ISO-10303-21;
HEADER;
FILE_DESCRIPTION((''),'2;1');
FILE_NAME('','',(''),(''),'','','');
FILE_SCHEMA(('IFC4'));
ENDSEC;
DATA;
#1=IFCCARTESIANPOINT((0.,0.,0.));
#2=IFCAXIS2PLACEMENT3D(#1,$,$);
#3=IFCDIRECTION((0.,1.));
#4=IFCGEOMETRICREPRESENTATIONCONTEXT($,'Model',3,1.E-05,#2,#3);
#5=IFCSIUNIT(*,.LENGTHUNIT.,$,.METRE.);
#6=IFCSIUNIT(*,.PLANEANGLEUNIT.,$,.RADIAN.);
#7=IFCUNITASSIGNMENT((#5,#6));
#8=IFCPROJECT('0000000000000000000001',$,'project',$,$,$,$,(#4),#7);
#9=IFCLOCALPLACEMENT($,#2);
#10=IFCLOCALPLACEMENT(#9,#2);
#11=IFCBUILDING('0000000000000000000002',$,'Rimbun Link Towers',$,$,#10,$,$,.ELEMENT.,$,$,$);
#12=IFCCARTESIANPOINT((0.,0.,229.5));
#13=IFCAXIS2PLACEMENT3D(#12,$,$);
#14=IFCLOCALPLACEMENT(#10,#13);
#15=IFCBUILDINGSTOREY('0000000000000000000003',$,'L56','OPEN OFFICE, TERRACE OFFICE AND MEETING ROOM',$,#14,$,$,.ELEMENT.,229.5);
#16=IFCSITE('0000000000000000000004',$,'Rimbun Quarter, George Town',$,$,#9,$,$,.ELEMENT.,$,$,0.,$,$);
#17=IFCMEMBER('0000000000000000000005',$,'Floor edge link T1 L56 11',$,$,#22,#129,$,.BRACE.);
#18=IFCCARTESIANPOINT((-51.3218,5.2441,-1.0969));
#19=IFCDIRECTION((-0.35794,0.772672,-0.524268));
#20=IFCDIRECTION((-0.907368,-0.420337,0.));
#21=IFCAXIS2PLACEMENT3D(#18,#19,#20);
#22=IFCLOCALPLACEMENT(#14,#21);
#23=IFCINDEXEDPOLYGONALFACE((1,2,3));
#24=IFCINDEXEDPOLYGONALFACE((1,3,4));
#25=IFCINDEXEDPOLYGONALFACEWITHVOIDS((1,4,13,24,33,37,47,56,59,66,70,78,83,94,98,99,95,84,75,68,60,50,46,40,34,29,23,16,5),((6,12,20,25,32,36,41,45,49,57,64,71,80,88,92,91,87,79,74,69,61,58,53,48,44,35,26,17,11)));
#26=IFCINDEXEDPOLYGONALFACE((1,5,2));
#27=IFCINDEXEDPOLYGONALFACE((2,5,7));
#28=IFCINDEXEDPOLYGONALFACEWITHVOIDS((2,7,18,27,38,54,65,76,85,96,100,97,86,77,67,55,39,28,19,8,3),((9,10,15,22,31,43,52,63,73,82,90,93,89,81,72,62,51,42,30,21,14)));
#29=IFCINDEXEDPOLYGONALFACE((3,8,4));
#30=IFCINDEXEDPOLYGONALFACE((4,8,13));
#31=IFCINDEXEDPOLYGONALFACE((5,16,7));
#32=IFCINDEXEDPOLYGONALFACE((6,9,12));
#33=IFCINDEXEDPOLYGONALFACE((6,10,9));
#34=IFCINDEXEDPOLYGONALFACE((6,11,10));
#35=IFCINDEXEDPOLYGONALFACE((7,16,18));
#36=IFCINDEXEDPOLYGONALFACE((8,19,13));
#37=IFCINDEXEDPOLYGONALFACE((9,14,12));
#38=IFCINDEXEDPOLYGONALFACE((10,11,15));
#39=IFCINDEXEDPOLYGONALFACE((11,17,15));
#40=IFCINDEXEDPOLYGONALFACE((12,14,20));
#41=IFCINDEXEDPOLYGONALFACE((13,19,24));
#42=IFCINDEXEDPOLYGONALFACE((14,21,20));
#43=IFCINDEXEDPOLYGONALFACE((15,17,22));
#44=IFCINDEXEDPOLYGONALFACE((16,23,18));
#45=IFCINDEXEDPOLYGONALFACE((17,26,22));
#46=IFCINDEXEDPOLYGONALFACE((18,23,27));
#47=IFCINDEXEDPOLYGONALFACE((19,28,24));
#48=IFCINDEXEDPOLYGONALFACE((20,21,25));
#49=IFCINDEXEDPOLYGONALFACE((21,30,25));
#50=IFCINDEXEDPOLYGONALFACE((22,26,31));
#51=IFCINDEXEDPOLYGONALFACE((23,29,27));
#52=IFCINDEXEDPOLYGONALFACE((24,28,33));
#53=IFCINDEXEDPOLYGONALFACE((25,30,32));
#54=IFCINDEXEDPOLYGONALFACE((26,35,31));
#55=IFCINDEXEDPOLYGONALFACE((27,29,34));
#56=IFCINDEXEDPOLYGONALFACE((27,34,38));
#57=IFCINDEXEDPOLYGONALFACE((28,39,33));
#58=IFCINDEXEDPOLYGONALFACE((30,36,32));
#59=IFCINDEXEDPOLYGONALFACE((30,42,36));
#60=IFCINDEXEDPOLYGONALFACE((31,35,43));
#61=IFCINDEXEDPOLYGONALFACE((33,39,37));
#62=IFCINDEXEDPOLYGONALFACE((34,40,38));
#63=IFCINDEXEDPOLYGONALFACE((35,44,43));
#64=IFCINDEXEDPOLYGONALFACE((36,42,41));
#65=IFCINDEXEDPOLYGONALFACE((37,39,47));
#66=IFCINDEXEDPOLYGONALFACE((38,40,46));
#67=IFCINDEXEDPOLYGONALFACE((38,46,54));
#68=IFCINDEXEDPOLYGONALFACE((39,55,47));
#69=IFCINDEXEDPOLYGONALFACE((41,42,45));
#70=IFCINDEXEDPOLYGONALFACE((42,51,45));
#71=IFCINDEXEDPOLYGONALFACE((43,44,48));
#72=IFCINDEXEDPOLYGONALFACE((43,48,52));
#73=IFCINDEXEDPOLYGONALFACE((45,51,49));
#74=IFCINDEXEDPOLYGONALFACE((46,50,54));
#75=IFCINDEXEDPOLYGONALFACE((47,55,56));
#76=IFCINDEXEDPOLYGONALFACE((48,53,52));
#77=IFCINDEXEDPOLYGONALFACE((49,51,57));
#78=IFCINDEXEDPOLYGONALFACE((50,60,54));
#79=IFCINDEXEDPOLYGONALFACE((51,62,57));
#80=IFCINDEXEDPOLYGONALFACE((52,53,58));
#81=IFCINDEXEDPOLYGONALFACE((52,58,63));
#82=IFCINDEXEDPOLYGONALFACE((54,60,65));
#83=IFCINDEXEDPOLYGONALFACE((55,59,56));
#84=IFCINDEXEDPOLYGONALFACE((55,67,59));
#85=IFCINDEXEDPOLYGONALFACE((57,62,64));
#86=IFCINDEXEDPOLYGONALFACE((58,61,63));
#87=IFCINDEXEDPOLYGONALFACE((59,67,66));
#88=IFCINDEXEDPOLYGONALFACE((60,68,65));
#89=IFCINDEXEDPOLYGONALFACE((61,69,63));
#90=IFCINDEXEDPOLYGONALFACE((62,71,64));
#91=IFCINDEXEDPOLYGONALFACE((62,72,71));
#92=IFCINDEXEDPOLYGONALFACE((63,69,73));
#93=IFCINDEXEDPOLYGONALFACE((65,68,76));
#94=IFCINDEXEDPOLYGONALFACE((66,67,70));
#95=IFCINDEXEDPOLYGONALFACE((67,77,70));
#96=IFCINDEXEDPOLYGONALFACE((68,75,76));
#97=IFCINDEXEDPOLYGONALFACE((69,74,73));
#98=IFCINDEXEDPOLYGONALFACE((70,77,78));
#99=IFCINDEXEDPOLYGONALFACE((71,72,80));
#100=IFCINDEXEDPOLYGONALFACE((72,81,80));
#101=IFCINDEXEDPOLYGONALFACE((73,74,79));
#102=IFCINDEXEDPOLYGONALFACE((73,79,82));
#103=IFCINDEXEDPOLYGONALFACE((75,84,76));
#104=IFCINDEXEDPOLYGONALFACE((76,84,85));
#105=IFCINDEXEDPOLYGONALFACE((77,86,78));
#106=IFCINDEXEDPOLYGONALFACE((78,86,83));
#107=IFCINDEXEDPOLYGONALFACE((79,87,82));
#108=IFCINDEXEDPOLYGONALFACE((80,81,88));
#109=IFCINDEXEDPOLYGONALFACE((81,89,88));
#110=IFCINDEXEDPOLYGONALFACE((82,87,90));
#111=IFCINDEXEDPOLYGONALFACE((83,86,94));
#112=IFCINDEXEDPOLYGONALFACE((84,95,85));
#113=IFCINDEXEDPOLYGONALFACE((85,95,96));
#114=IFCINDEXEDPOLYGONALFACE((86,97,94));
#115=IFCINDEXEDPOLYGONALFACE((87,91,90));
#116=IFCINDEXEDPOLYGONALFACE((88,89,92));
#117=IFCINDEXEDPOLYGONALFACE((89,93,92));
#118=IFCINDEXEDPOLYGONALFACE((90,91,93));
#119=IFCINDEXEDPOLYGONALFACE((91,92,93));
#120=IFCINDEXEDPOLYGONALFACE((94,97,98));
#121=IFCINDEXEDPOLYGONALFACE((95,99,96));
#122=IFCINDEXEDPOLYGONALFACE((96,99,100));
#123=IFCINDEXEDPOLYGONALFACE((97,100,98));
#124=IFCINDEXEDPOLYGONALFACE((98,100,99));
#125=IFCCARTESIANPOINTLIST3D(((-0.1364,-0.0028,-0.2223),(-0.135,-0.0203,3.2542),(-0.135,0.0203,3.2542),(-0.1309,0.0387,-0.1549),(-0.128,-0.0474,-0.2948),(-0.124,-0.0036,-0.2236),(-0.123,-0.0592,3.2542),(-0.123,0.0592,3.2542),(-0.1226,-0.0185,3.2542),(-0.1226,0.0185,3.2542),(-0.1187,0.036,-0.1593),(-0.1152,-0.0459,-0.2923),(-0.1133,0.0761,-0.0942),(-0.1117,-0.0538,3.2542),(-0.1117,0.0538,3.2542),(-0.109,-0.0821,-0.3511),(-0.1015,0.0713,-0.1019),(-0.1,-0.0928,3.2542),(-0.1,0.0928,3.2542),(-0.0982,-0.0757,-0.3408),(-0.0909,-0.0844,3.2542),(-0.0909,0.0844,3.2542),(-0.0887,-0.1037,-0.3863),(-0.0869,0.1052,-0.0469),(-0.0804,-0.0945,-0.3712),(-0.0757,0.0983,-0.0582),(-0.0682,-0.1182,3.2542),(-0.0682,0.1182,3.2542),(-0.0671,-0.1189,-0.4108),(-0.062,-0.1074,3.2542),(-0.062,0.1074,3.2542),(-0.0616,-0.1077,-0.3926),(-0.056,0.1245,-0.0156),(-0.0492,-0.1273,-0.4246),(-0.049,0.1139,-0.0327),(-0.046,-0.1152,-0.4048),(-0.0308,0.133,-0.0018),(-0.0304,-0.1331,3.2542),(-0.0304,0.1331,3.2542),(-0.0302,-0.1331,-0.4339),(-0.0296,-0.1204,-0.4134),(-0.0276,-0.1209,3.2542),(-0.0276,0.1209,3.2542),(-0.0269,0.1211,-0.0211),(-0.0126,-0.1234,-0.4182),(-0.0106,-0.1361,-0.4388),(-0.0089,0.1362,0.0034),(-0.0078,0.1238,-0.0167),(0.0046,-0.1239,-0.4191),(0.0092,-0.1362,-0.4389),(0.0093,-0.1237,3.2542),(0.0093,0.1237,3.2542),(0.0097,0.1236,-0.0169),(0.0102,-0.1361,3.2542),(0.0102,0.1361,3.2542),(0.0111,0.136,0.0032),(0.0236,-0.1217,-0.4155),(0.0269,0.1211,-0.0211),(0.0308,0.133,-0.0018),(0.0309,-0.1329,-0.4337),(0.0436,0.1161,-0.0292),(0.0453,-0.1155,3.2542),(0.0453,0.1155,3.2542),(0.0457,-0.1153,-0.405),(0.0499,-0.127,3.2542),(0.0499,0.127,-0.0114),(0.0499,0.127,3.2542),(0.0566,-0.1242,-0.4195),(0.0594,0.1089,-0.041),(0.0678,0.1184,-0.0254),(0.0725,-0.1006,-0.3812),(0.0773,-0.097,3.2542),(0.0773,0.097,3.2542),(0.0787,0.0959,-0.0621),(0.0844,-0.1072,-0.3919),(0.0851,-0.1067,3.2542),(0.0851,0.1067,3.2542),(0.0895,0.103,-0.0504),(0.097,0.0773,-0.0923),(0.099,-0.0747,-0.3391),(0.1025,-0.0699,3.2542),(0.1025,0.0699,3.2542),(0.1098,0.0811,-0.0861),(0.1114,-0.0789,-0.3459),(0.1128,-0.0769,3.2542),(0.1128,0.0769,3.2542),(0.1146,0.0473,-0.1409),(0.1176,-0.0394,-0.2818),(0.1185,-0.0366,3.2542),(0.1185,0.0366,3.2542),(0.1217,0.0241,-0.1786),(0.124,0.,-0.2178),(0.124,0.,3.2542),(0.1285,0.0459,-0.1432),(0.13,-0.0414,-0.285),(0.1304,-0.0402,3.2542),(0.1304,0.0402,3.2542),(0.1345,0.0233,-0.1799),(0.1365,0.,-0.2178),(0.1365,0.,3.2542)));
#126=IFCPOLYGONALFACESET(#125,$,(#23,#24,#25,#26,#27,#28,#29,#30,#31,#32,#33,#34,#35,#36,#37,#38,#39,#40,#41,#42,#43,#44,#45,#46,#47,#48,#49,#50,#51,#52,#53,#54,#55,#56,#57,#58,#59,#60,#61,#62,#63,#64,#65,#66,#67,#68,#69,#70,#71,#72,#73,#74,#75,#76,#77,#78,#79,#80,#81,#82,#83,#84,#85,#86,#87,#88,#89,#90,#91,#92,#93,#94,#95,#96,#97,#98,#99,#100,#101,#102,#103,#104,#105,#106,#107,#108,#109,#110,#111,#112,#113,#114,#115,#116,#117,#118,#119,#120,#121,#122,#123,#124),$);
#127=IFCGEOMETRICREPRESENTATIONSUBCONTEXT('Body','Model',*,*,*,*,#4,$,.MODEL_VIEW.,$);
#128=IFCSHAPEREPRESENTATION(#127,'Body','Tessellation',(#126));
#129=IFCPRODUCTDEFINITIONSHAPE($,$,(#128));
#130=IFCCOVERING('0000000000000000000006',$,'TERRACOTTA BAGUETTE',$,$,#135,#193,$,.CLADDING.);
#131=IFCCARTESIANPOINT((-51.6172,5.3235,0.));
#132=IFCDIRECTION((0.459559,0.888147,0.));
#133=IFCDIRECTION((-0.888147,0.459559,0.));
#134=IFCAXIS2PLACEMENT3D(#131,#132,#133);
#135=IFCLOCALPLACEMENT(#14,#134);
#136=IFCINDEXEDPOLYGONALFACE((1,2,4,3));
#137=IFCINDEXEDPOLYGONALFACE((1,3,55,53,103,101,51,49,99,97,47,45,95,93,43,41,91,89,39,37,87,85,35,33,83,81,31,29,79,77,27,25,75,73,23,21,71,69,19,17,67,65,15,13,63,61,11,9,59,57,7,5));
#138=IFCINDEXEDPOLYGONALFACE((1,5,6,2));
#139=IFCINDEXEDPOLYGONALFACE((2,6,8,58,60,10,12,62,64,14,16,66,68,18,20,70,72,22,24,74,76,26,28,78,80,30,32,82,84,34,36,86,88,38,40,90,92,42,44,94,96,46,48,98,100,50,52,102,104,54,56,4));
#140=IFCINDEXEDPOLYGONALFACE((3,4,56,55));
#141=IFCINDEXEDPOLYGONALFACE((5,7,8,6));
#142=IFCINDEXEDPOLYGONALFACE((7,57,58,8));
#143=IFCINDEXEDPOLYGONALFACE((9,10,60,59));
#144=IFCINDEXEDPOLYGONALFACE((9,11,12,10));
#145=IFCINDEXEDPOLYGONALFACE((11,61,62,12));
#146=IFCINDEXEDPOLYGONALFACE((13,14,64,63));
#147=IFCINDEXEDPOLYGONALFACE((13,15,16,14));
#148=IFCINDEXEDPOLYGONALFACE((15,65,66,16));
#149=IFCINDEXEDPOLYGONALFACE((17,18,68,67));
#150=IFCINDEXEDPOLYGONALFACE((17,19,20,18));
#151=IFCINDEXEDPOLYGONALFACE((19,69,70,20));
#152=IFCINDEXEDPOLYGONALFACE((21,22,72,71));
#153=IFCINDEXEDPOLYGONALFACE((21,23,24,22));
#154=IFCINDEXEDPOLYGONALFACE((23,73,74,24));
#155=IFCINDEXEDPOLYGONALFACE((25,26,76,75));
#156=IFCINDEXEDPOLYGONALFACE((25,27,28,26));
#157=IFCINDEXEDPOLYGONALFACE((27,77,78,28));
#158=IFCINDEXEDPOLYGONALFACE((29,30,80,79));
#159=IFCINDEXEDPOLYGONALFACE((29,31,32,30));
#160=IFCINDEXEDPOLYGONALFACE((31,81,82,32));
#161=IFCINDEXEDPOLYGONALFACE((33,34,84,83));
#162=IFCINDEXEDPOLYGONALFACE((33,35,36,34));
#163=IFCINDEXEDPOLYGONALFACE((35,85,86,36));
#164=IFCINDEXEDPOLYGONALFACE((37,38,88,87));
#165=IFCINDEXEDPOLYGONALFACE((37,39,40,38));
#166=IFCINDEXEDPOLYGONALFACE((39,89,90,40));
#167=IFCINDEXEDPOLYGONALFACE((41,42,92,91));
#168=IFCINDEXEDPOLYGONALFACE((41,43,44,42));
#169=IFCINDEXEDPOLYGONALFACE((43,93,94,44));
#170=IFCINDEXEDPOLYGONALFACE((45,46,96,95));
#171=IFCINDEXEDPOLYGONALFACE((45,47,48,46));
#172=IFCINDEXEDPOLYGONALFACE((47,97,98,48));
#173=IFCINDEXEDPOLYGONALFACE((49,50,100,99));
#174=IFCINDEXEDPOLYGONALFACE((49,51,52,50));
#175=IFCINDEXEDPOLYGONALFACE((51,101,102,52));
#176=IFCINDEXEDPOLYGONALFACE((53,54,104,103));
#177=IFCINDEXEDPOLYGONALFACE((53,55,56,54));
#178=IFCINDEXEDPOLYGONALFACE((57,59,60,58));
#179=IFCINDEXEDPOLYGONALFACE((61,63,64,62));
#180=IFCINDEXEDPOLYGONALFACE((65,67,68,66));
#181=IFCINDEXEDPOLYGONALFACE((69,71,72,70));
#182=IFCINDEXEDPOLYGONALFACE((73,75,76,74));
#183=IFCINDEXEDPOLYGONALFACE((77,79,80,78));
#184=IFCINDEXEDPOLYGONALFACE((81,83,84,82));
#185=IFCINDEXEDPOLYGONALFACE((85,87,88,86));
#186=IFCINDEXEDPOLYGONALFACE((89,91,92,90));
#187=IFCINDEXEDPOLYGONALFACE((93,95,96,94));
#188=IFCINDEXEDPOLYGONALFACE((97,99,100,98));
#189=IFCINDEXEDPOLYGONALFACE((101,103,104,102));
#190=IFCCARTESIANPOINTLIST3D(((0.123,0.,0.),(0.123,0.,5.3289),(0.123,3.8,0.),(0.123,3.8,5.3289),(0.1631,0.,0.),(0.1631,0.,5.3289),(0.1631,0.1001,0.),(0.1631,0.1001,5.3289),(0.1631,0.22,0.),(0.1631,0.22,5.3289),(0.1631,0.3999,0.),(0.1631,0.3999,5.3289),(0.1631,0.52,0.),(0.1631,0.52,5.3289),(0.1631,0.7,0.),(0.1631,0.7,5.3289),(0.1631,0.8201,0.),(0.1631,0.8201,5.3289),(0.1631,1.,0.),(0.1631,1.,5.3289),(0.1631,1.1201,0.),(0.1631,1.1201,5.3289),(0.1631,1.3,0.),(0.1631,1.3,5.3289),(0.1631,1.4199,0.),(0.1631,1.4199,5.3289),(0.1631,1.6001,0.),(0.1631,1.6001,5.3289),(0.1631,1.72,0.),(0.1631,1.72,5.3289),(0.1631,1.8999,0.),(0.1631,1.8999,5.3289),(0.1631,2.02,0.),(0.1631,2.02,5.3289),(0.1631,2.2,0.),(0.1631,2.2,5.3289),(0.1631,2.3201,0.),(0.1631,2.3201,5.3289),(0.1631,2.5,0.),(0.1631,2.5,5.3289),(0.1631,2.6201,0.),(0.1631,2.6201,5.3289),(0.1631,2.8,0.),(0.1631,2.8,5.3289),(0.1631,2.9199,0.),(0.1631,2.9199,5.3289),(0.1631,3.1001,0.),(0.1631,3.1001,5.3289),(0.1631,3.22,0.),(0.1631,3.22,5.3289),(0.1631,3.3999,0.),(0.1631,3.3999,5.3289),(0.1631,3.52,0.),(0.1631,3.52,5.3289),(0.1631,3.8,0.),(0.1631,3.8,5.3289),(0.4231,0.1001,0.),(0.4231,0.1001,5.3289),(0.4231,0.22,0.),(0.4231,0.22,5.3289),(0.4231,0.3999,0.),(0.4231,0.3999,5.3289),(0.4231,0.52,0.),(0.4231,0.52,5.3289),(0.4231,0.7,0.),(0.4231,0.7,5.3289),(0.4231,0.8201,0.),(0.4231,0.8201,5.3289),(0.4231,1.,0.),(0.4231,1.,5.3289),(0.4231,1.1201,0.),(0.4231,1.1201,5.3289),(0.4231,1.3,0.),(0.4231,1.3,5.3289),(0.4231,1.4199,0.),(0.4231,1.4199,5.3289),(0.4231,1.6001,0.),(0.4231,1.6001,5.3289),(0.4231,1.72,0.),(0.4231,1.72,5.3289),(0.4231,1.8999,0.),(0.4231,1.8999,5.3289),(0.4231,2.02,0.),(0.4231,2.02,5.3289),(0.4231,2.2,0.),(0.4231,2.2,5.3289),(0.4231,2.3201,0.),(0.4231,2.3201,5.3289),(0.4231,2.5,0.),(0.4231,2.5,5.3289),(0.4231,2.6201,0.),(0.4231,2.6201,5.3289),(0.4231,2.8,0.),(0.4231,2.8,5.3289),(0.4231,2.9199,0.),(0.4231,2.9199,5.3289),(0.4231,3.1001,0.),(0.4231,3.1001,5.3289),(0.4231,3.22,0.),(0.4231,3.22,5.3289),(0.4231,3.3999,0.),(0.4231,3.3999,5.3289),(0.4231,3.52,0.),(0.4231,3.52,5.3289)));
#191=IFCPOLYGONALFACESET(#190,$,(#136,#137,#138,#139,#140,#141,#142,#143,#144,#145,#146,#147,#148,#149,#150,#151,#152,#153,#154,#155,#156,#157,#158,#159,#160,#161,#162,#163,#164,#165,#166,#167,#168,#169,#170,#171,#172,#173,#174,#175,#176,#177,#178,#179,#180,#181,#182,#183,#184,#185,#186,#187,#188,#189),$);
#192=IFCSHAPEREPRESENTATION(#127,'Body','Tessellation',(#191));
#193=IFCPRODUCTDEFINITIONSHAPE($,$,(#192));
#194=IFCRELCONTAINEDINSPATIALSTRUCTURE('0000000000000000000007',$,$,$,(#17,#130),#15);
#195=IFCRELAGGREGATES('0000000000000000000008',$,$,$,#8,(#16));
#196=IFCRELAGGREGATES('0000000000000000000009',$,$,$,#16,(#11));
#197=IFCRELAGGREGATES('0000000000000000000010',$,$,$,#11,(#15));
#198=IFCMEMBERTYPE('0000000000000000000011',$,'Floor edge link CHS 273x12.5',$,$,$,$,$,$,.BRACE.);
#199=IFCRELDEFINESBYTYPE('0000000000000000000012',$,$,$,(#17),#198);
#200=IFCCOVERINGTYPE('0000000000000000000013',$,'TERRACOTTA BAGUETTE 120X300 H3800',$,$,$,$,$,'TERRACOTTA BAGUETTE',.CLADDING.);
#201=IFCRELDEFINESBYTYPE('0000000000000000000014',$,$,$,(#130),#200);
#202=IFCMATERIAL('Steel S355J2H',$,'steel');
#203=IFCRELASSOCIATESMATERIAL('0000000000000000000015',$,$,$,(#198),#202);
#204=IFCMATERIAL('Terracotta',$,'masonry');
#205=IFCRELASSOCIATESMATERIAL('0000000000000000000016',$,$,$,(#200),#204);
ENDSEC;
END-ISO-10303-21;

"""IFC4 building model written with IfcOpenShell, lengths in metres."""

from ifc_helpers import new_model, si_unit, direction, frame, origin, origin_2d, place, context, subcontext, project, spatial, polyline, hollow_circle, outline, extrude, clip, halfspace, material, material_profile, profile_set, type_object, element, save


model = new_model("IFC4")

# Units and contexts
model_context = context("Model", 3, precision=1e-05, world=origin(), true_north=direction((0.0, 1.0)))
body_context = subcontext(model_context, "Body", "Model", "MODEL_VIEW")
ifc_project = project(units=[si_unit("LENGTHUNIT", "METRE"), si_unit("PLANEANGLEUNIT", "RADIAN")], contexts=[model_context])

# Site, building, storey
site_placement = place(None, origin())
site = spatial("IfcSite", under=ifc_project, at=site_placement, Name="Rimbun Quarter, George Town", CompositionType="ELEMENT", RefElevation=0.0)
building_placement = place(site_placement, origin())
building = spatial("IfcBuilding", under=site, at=building_placement, Name="Rimbun Link Towers", CompositionType="ELEMENT")
storey_placement = place(building_placement, frame((0.0, 0.0, 229.5)))
storey = spatial("IfcBuildingStorey", under=building, at=storey_placement, Name="L56", Description="OPEN OFFICE, TERRACE OFFICE AND MEETING ROOM", CompositionType="ELEMENT", Elevation=229.5)

# Member
ifc_material_1 = material(Name="Steel S355J2H", Category="steel")
ifc_material_profile_1 = material_profile(ifc_material_1, hollow_circle(Radius=0.1365, WallThickness=0.0125, at=origin_2d()), Name="CHS 273x12.5")
ifc_profile_set_1 = profile_set([ifc_material_profile_1], Name="Steel S355J2H")
member_type_1 = type_object("IfcMemberType", Name="Floor edge link CHS 273x12.5", PredefinedType="BRACE", material=ifc_profile_set_1)
member_1_placement = place(storey_placement, frame((-51.3218, 5.2441, -1.0969), z_axis=(-0.35794, 0.772672, -0.524268), x_axis=(-0.907368, -0.420337, 0.0)))
element("IfcMember", 1, at=member_1_placement, inside=storey, type_object=member_type_1, Name="Floor edge link T1 L56 11", PredefinedType="BRACE", context=body_context, shape_type="Clipping", body=[
    clip(extrude(hollow_circle(Radius=0.1365, WallThickness=0.0125, at=origin_2d()), frame((0.0, 0.0, -0.4624)), (0.0, 0.0, 1.0), 3.7166), halfspace(frame((0.0, 0.0, -0.2178), z_axis=(0.0, 0.851553, -0.524268)), False)),
])

# Covering
ifc_material_2 = material(Name="Terracotta", Category="masonry")
ifc_material_profile_2 = material_profile(ifc_material_2, outline(polyline([(0.123, 0.0), (0.1631, 0.0), (0.1631, 0.1001), (0.4231, 0.1001), (0.4231, 0.22), (0.1631, 0.22), (0.1631, 0.3999), (0.4231, 0.3999), (0.4231, 0.52), (0.1631, 0.52), (0.1631, 0.7), (0.4231, 0.7), (0.4231, 0.8201), (0.1631, 0.8201), (0.1631, 1.0), (0.4231, 1.0), (0.4231, 1.1201), (0.1631, 1.1201), (0.1631, 1.3), (0.4231, 1.3), (0.4231, 1.4199), (0.1631, 1.4199), (0.1631, 1.6001), (0.4231, 1.6001), (0.4231, 1.72), (0.1631, 1.72), (0.1631, 1.8999), (0.4231, 1.8999), (0.4231, 2.02), (0.1631, 2.02), (0.1631, 2.2), (0.4231, 2.2), (0.4231, 2.3201), (0.1631, 2.3201), (0.1631, 2.5), (0.4231, 2.5), (0.4231, 2.6201), (0.1631, 2.6201), (0.1631, 2.8), (0.4231, 2.8), (0.4231, 2.9199), (0.1631, 2.9199), (0.1631, 3.1001), (0.4231, 3.1001), (0.4231, 3.22), (0.1631, 3.22), (0.1631, 3.3999), (0.4231, 3.3999), (0.4231, 3.52), (0.1631, 3.52), (0.1631, 3.8), (0.123, 3.8), (0.123, 0.0)])), Name="BAGUETTE 120X300")
ifc_profile_set_2 = profile_set([ifc_material_profile_2], Name="Terracotta")
covering_type = type_object("IfcCoveringType", Name="TERRACOTTA BAGUETTE 120X300 H3800", ElementType="TERRACOTTA BAGUETTE", PredefinedType="CLADDING", material=ifc_profile_set_2)
covering_placement = place(storey_placement, frame((-51.6172, 5.3235, 0.0), z_axis=(0.459559, 0.888147, 0.0), x_axis=(-0.888147, 0.459559, 0.0)))
element("IfcCovering", 2, at=covering_placement, inside=storey, type_object=covering_type, Name="TERRACOTTA BAGUETTE", PredefinedType="CLADDING", context=body_context, shape_type="SweptSolid", body=[
    extrude(outline(polyline([(0.123, 0.0), (0.1631, 0.0), (0.1631, 0.1001), (0.4231, 0.1001), (0.4231, 0.22), (0.1631, 0.22), (0.1631, 0.3999), (0.4231, 0.3999), (0.4231, 0.52), (0.1631, 0.52), (0.1631, 0.7), (0.4231, 0.7), (0.4231, 0.8201), (0.1631, 0.8201), (0.1631, 1.0), (0.4231, 1.0), (0.4231, 1.1201), (0.1631, 1.1201), (0.1631, 1.3), (0.4231, 1.3), (0.4231, 1.4199), (0.1631, 1.4199), (0.1631, 1.6001), (0.4231, 1.6001), (0.4231, 1.72), (0.1631, 1.72), (0.1631, 1.8999), (0.4231, 1.8999), (0.4231, 2.02), (0.1631, 2.02), (0.1631, 2.2), (0.4231, 2.2), (0.4231, 2.3201), (0.1631, 2.3201), (0.1631, 2.5), (0.4231, 2.5), (0.4231, 2.6201), (0.1631, 2.6201), (0.1631, 2.8), (0.4231, 2.8), (0.4231, 2.9199), (0.1631, 2.9199), (0.1631, 3.1001), (0.4231, 3.1001), (0.4231, 3.22), (0.1631, 3.22), (0.1631, 3.3999), (0.4231, 3.3999), (0.4231, 3.52), (0.1631, 3.52), (0.1631, 3.8), (0.123, 3.8), (0.123, 0.0)])), origin(), (0.0, 0.0, 1.0), 5.3289),
])

save(model, "model.ifc")
